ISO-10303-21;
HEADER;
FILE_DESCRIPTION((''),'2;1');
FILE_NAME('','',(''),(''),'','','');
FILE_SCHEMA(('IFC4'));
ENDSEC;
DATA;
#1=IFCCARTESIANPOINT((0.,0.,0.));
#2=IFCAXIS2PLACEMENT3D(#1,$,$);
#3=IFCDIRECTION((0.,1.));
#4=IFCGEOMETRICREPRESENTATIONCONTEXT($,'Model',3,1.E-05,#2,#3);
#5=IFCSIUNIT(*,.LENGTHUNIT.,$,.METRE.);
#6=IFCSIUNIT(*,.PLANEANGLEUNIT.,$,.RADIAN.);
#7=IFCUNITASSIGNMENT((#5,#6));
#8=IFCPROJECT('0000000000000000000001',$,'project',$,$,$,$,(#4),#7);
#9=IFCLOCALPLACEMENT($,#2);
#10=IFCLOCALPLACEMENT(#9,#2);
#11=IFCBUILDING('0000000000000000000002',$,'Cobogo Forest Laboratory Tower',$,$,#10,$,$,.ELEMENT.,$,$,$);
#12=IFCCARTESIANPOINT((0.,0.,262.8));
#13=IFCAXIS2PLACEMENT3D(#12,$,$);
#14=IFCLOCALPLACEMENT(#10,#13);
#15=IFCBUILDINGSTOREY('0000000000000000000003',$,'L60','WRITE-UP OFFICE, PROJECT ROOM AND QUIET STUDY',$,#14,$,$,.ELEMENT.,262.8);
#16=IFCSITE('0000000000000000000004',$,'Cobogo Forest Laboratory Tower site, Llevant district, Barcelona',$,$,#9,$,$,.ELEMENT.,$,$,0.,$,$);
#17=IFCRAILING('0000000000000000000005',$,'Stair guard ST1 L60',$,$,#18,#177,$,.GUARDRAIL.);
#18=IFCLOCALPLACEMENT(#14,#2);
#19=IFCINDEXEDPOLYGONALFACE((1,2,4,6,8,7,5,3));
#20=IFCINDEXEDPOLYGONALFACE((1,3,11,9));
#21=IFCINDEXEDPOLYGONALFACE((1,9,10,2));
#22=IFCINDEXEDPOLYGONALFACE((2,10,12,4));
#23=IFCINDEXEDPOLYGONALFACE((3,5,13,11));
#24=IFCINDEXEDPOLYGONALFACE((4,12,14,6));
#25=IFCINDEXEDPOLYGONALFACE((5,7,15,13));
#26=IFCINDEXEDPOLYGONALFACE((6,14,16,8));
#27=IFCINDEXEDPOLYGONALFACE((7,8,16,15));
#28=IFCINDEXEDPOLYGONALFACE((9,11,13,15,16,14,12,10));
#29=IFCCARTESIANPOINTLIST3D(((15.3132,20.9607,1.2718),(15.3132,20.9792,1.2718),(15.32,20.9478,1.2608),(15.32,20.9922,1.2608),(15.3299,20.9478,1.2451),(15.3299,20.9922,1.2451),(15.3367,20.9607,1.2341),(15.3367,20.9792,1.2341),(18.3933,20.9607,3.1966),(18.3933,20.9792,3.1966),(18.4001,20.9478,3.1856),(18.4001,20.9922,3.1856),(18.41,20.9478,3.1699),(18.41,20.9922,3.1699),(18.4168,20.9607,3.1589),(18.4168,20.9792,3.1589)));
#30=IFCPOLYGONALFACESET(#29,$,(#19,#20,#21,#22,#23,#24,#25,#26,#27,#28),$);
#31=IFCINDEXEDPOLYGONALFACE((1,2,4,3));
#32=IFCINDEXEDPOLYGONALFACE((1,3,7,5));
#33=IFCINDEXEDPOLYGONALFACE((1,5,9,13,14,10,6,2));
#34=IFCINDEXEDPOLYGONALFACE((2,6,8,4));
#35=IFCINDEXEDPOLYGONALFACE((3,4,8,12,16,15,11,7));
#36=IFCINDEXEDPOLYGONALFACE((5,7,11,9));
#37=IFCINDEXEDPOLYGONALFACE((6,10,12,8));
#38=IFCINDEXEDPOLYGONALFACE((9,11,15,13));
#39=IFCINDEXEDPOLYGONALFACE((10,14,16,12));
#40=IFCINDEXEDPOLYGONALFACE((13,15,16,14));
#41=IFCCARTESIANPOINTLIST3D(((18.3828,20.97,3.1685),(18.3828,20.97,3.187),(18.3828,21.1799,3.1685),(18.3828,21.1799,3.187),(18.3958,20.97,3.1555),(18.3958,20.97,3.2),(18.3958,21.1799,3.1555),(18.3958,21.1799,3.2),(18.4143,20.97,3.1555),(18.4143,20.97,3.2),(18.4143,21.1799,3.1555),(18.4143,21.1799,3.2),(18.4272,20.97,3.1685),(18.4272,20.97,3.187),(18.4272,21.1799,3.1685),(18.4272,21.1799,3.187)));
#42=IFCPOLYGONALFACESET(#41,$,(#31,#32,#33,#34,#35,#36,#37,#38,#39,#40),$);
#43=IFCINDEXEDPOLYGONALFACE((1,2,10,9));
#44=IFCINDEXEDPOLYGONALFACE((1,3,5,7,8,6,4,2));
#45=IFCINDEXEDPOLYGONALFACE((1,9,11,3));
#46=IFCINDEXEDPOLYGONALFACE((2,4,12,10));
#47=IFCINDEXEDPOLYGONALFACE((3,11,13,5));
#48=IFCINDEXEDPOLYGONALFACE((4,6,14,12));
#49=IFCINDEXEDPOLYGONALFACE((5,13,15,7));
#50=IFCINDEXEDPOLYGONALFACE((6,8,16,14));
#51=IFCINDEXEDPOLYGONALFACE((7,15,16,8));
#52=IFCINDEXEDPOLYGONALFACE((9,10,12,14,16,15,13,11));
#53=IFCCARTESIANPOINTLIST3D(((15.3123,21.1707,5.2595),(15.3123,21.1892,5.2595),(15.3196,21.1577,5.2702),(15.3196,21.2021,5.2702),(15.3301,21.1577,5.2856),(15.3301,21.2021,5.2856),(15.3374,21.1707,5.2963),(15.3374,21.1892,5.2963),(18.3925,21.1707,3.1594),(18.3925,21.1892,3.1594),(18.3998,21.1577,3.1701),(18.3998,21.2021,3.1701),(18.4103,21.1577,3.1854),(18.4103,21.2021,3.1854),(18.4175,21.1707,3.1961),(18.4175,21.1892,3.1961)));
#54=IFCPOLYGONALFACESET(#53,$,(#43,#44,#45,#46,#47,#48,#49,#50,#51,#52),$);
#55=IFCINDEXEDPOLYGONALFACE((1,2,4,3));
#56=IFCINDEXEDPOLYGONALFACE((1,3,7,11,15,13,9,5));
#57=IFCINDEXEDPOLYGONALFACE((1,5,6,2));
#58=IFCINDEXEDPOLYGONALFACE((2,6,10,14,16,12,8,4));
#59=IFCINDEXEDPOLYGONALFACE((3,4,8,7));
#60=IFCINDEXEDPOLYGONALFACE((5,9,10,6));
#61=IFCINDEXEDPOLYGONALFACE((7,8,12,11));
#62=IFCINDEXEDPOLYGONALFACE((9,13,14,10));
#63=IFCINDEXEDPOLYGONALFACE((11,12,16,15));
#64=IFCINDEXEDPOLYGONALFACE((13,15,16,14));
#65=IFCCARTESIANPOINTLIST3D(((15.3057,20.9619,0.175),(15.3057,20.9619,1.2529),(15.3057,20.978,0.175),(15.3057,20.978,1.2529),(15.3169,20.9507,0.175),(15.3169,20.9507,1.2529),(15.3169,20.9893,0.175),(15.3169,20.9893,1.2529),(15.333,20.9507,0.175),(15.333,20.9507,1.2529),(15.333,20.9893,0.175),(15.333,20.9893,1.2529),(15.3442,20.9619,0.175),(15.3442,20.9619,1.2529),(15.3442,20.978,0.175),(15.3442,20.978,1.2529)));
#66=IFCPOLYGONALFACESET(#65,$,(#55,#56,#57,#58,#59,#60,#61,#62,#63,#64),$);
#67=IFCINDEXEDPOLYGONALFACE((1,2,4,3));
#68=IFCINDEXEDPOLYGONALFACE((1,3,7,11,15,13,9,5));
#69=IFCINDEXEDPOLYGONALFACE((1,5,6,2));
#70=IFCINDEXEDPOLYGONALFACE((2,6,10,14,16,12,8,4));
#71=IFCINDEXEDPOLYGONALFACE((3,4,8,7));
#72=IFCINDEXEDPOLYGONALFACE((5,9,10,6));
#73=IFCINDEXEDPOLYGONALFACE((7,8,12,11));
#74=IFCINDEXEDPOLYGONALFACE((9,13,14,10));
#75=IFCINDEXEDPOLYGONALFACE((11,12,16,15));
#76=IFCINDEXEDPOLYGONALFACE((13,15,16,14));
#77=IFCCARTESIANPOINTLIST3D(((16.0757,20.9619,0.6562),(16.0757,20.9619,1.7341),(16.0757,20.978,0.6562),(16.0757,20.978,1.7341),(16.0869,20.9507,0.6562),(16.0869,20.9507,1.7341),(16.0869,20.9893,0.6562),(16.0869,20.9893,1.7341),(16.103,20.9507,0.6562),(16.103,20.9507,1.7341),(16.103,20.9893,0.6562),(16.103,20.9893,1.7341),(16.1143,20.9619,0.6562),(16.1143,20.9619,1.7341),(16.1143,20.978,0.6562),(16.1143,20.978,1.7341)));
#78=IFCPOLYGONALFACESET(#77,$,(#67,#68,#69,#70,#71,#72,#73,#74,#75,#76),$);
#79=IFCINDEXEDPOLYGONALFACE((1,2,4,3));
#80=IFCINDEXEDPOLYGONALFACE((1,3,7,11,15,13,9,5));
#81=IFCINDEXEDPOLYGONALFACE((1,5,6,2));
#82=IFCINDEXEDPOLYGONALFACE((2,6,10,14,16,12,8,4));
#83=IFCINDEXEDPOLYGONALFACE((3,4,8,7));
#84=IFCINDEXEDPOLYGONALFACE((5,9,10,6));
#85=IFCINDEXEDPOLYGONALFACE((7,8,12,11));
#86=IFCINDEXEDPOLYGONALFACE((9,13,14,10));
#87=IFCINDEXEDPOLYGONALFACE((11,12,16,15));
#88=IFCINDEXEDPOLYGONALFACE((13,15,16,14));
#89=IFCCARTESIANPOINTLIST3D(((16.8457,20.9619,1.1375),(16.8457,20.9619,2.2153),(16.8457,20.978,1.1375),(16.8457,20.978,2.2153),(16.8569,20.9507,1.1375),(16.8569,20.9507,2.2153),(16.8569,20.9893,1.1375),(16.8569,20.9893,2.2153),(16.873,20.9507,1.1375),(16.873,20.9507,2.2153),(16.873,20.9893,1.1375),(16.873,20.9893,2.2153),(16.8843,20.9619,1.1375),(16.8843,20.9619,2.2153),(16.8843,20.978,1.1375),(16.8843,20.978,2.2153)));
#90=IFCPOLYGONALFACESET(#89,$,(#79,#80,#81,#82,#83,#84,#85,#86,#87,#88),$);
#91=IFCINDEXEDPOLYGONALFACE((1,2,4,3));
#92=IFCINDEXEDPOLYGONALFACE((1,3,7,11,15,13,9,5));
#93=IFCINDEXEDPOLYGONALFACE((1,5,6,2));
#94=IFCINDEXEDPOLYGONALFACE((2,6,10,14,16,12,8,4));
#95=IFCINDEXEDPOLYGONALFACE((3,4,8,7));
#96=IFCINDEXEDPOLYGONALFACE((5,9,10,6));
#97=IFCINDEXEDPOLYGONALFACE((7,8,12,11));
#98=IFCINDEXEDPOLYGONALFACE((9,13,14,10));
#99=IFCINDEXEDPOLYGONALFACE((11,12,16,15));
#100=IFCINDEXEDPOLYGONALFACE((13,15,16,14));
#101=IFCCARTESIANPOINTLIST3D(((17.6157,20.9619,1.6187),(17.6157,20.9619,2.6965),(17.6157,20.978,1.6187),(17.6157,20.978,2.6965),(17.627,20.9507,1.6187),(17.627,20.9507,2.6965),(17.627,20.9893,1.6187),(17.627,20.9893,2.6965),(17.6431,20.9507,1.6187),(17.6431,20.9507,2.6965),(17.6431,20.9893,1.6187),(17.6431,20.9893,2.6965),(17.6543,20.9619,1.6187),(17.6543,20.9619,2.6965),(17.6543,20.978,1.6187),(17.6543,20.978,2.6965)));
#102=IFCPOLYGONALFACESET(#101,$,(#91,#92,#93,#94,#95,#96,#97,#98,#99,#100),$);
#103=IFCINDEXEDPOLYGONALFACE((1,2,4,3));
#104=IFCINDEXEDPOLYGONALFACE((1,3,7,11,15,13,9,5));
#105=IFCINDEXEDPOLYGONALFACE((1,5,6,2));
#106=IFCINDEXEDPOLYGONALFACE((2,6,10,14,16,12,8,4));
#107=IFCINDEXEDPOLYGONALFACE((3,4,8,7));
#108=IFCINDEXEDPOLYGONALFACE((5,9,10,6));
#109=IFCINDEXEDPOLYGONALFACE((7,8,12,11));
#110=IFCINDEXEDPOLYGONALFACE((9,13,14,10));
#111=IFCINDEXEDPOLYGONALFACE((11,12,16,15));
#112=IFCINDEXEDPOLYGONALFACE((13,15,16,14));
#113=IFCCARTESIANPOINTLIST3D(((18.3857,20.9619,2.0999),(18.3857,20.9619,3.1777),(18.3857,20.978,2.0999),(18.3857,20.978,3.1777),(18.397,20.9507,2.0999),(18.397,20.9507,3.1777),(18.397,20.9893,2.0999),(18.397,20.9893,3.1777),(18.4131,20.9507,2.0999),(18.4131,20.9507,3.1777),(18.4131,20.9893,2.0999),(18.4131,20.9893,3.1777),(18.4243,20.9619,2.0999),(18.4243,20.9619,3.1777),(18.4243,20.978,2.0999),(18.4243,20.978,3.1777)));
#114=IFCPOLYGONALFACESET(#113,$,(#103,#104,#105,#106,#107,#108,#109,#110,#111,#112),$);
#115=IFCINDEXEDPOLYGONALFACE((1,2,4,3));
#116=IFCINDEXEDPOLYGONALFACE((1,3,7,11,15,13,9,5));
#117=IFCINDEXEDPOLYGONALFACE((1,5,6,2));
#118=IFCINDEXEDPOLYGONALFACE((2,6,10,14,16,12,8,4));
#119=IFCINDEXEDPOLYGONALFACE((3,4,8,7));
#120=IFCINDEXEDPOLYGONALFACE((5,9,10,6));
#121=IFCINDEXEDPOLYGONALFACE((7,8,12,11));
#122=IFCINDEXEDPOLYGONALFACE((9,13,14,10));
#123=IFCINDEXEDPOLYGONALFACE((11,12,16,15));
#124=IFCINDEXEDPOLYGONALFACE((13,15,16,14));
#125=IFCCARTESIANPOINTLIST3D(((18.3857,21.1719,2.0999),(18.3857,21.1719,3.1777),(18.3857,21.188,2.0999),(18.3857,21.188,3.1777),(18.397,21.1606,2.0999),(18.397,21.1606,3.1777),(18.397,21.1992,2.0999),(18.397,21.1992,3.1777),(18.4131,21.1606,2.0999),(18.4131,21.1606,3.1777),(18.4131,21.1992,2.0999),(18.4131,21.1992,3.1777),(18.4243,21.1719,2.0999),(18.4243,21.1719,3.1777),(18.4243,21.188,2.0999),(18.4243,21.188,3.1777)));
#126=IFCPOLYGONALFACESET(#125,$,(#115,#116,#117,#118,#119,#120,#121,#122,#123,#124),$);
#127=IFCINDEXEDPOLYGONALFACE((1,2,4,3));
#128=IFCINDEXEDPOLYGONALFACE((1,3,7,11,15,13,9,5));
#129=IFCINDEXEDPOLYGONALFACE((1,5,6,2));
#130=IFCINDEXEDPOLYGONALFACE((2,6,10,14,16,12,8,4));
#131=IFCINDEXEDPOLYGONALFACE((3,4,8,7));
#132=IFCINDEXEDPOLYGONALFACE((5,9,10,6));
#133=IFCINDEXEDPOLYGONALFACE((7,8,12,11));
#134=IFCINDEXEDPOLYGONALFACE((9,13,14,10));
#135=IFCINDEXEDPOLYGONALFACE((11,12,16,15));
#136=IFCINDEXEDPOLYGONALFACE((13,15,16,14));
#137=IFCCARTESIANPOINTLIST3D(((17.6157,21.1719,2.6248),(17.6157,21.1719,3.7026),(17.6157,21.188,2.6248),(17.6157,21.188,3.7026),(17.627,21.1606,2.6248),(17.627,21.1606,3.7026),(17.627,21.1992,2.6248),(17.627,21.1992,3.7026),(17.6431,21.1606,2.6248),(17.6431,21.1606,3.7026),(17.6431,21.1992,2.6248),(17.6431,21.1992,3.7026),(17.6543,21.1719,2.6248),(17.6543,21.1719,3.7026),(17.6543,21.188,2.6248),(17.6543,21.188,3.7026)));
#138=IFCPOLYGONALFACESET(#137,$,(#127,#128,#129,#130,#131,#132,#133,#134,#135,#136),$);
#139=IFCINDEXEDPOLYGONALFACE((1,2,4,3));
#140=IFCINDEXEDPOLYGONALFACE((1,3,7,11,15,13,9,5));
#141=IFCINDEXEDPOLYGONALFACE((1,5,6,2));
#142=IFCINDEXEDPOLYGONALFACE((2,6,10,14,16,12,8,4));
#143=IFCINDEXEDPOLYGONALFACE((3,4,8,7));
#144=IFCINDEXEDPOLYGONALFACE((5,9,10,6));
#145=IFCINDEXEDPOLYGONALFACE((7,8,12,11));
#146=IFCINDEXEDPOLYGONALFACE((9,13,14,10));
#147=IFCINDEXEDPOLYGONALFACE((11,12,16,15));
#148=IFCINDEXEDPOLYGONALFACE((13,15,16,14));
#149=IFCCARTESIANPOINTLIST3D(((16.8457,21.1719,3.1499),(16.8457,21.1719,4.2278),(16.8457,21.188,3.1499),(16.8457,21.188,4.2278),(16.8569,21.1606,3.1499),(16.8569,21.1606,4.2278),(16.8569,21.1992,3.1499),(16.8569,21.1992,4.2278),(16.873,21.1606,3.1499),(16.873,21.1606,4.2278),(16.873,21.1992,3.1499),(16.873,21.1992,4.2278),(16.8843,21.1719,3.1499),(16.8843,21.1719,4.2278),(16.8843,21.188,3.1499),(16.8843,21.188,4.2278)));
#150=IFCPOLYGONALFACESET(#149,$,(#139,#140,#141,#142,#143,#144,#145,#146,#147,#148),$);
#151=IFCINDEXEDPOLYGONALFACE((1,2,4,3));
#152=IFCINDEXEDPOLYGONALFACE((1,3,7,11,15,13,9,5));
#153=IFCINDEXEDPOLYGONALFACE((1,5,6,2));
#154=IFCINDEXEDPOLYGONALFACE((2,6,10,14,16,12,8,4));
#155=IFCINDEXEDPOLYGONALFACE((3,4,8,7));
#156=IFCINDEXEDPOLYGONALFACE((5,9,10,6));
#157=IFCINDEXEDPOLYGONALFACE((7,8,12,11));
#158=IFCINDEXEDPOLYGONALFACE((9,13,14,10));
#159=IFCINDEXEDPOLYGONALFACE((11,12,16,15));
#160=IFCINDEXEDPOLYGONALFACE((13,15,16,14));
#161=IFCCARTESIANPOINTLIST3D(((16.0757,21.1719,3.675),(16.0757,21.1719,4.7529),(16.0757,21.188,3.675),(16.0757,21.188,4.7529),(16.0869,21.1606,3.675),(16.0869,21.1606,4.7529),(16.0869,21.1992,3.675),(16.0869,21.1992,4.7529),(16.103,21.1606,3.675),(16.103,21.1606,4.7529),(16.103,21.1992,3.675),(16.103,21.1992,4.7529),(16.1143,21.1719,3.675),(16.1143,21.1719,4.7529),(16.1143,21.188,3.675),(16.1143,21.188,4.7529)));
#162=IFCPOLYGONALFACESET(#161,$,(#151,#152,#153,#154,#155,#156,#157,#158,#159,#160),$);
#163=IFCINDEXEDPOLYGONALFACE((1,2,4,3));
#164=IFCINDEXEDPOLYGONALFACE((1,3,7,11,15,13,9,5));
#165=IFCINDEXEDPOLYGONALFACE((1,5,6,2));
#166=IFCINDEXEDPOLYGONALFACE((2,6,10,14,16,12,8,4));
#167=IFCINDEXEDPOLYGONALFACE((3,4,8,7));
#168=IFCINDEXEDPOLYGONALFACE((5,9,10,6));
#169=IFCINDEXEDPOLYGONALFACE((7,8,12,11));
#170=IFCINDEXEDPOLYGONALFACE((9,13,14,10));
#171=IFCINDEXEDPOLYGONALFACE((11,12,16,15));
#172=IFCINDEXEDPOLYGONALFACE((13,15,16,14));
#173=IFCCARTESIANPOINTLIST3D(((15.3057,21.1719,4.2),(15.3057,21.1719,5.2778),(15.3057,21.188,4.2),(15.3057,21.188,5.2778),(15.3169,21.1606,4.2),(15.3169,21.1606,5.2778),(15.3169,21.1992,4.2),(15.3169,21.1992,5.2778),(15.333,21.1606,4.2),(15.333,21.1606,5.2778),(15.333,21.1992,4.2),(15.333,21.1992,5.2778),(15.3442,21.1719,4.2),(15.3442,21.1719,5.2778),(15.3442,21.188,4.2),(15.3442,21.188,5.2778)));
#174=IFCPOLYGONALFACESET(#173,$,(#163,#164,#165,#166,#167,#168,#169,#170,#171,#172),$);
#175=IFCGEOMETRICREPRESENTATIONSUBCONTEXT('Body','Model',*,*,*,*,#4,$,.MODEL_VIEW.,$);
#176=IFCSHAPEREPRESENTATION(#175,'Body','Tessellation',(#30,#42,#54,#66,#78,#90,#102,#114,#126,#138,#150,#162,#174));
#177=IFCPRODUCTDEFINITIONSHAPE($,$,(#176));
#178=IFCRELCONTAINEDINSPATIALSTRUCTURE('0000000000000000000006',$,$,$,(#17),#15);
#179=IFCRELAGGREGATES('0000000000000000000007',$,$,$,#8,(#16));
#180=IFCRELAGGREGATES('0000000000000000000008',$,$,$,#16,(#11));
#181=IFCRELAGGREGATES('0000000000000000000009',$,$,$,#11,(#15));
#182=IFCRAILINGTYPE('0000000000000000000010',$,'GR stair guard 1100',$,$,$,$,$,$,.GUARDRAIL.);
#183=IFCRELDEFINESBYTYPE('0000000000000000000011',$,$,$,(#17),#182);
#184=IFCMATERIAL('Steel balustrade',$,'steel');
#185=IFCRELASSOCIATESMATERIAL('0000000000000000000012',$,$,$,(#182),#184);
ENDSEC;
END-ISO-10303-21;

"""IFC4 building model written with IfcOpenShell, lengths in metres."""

from ifc_helpers import new_model, si_unit, direction, frame, origin, place, context, subcontext, project, spatial, polyline, outline, extrude, material, type_object, element, save


model = new_model("IFC4")

# Units and contexts
model_context = context("Model", 3, precision=1e-05, world=origin(), true_north=direction((0.0, 1.0)))
body_context = subcontext(model_context, "Body", "Model", "MODEL_VIEW")
ifc_project = project(units=[si_unit("LENGTHUNIT", "METRE"), si_unit("PLANEANGLEUNIT", "RADIAN")], contexts=[model_context])

# Site, building, storey
site_placement = place(None, origin())
site = spatial("IfcSite", under=ifc_project, at=site_placement, Name="Cobogo Forest Laboratory Tower site, Llevant district, Barcelona", CompositionType="ELEMENT", RefElevation=0.0)
building_placement = place(site_placement, origin())
building = spatial("IfcBuilding", under=site, at=building_placement, Name="Cobogo Forest Laboratory Tower", CompositionType="ELEMENT")
storey_placement = place(building_placement, frame((0.0, 0.0, 262.8)))
storey = spatial("IfcBuildingStorey", under=building, at=storey_placement, Name="L60", Description="WRITE-UP OFFICE, PROJECT ROOM AND QUIET STUDY", CompositionType="ELEMENT", Elevation=262.8)

# Railing
ifc_material_1 = material(Name="Steel balustrade", Category="steel")
railing_type = type_object("IfcRailingType", Name="GR stair guard 1100", PredefinedType="GUARDRAIL", material=ifc_material_1)
railing_placement = place(storey_placement, frame((15.325, 20.97, 0.175)))
element("IfcRailing", 1, at=railing_placement, inside=storey, type_object=railing_type, Name="Stair guard ST1 L60", PredefinedType="GUARDRAIL", context=body_context, shape_type="SweptSolid", body=[
    extrude(outline(polyline([(0.0222, 0.0093), (0.0093, 0.0222), (-0.0093, 0.0222), (-0.0222, 0.0093), (-0.0222, -0.0093), (-0.0093, -0.0222), (0.0093, -0.0222), (0.0222, -0.0093), (0.0222, 0.0093)])), frame((0.0, 0.0, 1.0779), z_axis=(0.848029, 0.0, 0.529951), x_axis=(0.0, 1.0, 0.0)), (0.0, 0.0, 1.0), 3.6321),
    extrude(outline(polyline([(0.0222, 0.0093), (0.0093, 0.0222), (-0.0093, 0.0222), (-0.0222, 0.0093), (-0.0222, -0.0093), (-0.0093, -0.0222), (0.0093, -0.0222), (0.0222, -0.0093), (0.0222, 0.0093)])), frame((3.0801, 0.0, 3.0027), z_axis=(0.0, 1.0, 0.0), x_axis=(-1.0, 0.0, 0.0)), (0.0, 0.0, 1.0), 0.21),
    extrude(outline(polyline([(0.0222, 0.0093), (0.0093, 0.0222), (-0.0093, 0.0222), (-0.0222, 0.0093), (-0.0222, -0.0093), (-0.0093, -0.0222), (0.0093, -0.0222), (0.0222, -0.0093), (0.0222, 0.0093)])), frame((3.0801, 0.21, 3.0027), z_axis=(-0.826222, 0.0, 0.563345), x_axis=(0.0, -1.0, 0.0)), (0.0, 0.0, 1.0), 3.728),
    extrude(outline(polyline([(0.0193, 0.0081), (0.0081, 0.0193), (-0.0081, 0.0193), (-0.0193, 0.0081), (-0.0193, -0.0081), (-0.0081, -0.0193), (0.0081, -0.0193), (0.0193, -0.0081), (0.0193, 0.0081)])), origin(), (0.0, 0.0, 1.0), 1.0779),
    extrude(outline(polyline([(0.0193, 0.0081), (0.0081, 0.0193), (-0.0081, 0.0193), (-0.0193, 0.0081), (-0.0193, -0.0081), (-0.0081, -0.0193), (0.0081, -0.0193), (0.0193, -0.0081), (0.0193, 0.0081)])), frame((0.77, 0.0, 0.4812)), (0.0, 0.0, 1.0), 1.0779),
    extrude(outline(polyline([(0.0193, 0.0081), (0.0081, 0.0193), (-0.0081, 0.0193), (-0.0193, 0.0081), (-0.0193, -0.0081), (-0.0081, -0.0193), (0.0081, -0.0193), (0.0193, -0.0081), (0.0193, 0.0081)])), frame((1.54, 0.0, 0.9624)), (0.0, 0.0, 1.0), 1.0779),
    extrude(outline(polyline([(0.0193, 0.0081), (0.0081, 0.0193), (-0.0081, 0.0193), (-0.0193, 0.0081), (-0.0193, -0.0081), (-0.0081, -0.0193), (0.0081, -0.0193), (0.0193, -0.0081), (0.0193, 0.0081)])), frame((2.3101, 0.0, 1.4436)), (0.0, 0.0, 1.0), 1.0779),
    extrude(outline(polyline([(0.0193, 0.0081), (0.0081, 0.0193), (-0.0081, 0.0193), (-0.0193, 0.0081), (-0.0193, -0.0081), (-0.0081, -0.0193), (0.0081, -0.0193), (0.0193, -0.0081), (0.0193, 0.0081)])), frame((3.0801, 0.0, 1.9248)), (0.0, 0.0, 1.0), 1.0779),
    extrude(outline(polyline([(0.0193, 0.0081), (0.0081, 0.0193), (-0.0081, 0.0193), (-0.0193, 0.0081), (-0.0193, -0.0081), (-0.0081, -0.0193), (0.0081, -0.0193), (0.0193, -0.0081), (0.0193, 0.0081)])), frame((3.0801, 0.21, 1.9248)), (0.0, 0.0, 1.0), 1.0779),
    extrude(outline(polyline([(0.0193, 0.0081), (0.0081, 0.0193), (-0.0081, 0.0193), (-0.0193, 0.0081), (-0.0193, -0.0081), (-0.0081, -0.0193), (0.0081, -0.0193), (0.0193, -0.0081), (0.0193, 0.0081)])), frame((2.3101, 0.21, 2.4497)), (0.0, 0.0, 1.0), 1.0779),
    extrude(outline(polyline([(0.0193, 0.0081), (0.0081, 0.0193), (-0.0081, 0.0193), (-0.0193, 0.0081), (-0.0193, -0.0081), (-0.0081, -0.0193), (0.0081, -0.0193), (0.0193, -0.0081), (0.0193, 0.0081)])), frame((1.54, 0.21, 2.9749)), (0.0, 0.0, 1.0), 1.0779),
    extrude(outline(polyline([(0.0193, 0.0081), (0.0081, 0.0193), (-0.0081, 0.0193), (-0.0193, 0.0081), (-0.0193, -0.0081), (-0.0081, -0.0193), (0.0081, -0.0193), (0.0193, -0.0081), (0.0193, 0.0081)])), frame((0.77, 0.21, 3.5)), (0.0, 0.0, 1.0), 1.0779),
    extrude(outline(polyline([(0.0193, 0.0081), (0.0081, 0.0193), (-0.0081, 0.0193), (-0.0193, 0.0081), (-0.0193, -0.0081), (-0.0081, -0.0193), (0.0081, -0.0193), (0.0193, -0.0081), (0.0193, 0.0081)])), frame((0.0, 0.21, 4.0249)), (0.0, 0.0, 1.0), 1.0779),
])

save(model, "model.ifc")
